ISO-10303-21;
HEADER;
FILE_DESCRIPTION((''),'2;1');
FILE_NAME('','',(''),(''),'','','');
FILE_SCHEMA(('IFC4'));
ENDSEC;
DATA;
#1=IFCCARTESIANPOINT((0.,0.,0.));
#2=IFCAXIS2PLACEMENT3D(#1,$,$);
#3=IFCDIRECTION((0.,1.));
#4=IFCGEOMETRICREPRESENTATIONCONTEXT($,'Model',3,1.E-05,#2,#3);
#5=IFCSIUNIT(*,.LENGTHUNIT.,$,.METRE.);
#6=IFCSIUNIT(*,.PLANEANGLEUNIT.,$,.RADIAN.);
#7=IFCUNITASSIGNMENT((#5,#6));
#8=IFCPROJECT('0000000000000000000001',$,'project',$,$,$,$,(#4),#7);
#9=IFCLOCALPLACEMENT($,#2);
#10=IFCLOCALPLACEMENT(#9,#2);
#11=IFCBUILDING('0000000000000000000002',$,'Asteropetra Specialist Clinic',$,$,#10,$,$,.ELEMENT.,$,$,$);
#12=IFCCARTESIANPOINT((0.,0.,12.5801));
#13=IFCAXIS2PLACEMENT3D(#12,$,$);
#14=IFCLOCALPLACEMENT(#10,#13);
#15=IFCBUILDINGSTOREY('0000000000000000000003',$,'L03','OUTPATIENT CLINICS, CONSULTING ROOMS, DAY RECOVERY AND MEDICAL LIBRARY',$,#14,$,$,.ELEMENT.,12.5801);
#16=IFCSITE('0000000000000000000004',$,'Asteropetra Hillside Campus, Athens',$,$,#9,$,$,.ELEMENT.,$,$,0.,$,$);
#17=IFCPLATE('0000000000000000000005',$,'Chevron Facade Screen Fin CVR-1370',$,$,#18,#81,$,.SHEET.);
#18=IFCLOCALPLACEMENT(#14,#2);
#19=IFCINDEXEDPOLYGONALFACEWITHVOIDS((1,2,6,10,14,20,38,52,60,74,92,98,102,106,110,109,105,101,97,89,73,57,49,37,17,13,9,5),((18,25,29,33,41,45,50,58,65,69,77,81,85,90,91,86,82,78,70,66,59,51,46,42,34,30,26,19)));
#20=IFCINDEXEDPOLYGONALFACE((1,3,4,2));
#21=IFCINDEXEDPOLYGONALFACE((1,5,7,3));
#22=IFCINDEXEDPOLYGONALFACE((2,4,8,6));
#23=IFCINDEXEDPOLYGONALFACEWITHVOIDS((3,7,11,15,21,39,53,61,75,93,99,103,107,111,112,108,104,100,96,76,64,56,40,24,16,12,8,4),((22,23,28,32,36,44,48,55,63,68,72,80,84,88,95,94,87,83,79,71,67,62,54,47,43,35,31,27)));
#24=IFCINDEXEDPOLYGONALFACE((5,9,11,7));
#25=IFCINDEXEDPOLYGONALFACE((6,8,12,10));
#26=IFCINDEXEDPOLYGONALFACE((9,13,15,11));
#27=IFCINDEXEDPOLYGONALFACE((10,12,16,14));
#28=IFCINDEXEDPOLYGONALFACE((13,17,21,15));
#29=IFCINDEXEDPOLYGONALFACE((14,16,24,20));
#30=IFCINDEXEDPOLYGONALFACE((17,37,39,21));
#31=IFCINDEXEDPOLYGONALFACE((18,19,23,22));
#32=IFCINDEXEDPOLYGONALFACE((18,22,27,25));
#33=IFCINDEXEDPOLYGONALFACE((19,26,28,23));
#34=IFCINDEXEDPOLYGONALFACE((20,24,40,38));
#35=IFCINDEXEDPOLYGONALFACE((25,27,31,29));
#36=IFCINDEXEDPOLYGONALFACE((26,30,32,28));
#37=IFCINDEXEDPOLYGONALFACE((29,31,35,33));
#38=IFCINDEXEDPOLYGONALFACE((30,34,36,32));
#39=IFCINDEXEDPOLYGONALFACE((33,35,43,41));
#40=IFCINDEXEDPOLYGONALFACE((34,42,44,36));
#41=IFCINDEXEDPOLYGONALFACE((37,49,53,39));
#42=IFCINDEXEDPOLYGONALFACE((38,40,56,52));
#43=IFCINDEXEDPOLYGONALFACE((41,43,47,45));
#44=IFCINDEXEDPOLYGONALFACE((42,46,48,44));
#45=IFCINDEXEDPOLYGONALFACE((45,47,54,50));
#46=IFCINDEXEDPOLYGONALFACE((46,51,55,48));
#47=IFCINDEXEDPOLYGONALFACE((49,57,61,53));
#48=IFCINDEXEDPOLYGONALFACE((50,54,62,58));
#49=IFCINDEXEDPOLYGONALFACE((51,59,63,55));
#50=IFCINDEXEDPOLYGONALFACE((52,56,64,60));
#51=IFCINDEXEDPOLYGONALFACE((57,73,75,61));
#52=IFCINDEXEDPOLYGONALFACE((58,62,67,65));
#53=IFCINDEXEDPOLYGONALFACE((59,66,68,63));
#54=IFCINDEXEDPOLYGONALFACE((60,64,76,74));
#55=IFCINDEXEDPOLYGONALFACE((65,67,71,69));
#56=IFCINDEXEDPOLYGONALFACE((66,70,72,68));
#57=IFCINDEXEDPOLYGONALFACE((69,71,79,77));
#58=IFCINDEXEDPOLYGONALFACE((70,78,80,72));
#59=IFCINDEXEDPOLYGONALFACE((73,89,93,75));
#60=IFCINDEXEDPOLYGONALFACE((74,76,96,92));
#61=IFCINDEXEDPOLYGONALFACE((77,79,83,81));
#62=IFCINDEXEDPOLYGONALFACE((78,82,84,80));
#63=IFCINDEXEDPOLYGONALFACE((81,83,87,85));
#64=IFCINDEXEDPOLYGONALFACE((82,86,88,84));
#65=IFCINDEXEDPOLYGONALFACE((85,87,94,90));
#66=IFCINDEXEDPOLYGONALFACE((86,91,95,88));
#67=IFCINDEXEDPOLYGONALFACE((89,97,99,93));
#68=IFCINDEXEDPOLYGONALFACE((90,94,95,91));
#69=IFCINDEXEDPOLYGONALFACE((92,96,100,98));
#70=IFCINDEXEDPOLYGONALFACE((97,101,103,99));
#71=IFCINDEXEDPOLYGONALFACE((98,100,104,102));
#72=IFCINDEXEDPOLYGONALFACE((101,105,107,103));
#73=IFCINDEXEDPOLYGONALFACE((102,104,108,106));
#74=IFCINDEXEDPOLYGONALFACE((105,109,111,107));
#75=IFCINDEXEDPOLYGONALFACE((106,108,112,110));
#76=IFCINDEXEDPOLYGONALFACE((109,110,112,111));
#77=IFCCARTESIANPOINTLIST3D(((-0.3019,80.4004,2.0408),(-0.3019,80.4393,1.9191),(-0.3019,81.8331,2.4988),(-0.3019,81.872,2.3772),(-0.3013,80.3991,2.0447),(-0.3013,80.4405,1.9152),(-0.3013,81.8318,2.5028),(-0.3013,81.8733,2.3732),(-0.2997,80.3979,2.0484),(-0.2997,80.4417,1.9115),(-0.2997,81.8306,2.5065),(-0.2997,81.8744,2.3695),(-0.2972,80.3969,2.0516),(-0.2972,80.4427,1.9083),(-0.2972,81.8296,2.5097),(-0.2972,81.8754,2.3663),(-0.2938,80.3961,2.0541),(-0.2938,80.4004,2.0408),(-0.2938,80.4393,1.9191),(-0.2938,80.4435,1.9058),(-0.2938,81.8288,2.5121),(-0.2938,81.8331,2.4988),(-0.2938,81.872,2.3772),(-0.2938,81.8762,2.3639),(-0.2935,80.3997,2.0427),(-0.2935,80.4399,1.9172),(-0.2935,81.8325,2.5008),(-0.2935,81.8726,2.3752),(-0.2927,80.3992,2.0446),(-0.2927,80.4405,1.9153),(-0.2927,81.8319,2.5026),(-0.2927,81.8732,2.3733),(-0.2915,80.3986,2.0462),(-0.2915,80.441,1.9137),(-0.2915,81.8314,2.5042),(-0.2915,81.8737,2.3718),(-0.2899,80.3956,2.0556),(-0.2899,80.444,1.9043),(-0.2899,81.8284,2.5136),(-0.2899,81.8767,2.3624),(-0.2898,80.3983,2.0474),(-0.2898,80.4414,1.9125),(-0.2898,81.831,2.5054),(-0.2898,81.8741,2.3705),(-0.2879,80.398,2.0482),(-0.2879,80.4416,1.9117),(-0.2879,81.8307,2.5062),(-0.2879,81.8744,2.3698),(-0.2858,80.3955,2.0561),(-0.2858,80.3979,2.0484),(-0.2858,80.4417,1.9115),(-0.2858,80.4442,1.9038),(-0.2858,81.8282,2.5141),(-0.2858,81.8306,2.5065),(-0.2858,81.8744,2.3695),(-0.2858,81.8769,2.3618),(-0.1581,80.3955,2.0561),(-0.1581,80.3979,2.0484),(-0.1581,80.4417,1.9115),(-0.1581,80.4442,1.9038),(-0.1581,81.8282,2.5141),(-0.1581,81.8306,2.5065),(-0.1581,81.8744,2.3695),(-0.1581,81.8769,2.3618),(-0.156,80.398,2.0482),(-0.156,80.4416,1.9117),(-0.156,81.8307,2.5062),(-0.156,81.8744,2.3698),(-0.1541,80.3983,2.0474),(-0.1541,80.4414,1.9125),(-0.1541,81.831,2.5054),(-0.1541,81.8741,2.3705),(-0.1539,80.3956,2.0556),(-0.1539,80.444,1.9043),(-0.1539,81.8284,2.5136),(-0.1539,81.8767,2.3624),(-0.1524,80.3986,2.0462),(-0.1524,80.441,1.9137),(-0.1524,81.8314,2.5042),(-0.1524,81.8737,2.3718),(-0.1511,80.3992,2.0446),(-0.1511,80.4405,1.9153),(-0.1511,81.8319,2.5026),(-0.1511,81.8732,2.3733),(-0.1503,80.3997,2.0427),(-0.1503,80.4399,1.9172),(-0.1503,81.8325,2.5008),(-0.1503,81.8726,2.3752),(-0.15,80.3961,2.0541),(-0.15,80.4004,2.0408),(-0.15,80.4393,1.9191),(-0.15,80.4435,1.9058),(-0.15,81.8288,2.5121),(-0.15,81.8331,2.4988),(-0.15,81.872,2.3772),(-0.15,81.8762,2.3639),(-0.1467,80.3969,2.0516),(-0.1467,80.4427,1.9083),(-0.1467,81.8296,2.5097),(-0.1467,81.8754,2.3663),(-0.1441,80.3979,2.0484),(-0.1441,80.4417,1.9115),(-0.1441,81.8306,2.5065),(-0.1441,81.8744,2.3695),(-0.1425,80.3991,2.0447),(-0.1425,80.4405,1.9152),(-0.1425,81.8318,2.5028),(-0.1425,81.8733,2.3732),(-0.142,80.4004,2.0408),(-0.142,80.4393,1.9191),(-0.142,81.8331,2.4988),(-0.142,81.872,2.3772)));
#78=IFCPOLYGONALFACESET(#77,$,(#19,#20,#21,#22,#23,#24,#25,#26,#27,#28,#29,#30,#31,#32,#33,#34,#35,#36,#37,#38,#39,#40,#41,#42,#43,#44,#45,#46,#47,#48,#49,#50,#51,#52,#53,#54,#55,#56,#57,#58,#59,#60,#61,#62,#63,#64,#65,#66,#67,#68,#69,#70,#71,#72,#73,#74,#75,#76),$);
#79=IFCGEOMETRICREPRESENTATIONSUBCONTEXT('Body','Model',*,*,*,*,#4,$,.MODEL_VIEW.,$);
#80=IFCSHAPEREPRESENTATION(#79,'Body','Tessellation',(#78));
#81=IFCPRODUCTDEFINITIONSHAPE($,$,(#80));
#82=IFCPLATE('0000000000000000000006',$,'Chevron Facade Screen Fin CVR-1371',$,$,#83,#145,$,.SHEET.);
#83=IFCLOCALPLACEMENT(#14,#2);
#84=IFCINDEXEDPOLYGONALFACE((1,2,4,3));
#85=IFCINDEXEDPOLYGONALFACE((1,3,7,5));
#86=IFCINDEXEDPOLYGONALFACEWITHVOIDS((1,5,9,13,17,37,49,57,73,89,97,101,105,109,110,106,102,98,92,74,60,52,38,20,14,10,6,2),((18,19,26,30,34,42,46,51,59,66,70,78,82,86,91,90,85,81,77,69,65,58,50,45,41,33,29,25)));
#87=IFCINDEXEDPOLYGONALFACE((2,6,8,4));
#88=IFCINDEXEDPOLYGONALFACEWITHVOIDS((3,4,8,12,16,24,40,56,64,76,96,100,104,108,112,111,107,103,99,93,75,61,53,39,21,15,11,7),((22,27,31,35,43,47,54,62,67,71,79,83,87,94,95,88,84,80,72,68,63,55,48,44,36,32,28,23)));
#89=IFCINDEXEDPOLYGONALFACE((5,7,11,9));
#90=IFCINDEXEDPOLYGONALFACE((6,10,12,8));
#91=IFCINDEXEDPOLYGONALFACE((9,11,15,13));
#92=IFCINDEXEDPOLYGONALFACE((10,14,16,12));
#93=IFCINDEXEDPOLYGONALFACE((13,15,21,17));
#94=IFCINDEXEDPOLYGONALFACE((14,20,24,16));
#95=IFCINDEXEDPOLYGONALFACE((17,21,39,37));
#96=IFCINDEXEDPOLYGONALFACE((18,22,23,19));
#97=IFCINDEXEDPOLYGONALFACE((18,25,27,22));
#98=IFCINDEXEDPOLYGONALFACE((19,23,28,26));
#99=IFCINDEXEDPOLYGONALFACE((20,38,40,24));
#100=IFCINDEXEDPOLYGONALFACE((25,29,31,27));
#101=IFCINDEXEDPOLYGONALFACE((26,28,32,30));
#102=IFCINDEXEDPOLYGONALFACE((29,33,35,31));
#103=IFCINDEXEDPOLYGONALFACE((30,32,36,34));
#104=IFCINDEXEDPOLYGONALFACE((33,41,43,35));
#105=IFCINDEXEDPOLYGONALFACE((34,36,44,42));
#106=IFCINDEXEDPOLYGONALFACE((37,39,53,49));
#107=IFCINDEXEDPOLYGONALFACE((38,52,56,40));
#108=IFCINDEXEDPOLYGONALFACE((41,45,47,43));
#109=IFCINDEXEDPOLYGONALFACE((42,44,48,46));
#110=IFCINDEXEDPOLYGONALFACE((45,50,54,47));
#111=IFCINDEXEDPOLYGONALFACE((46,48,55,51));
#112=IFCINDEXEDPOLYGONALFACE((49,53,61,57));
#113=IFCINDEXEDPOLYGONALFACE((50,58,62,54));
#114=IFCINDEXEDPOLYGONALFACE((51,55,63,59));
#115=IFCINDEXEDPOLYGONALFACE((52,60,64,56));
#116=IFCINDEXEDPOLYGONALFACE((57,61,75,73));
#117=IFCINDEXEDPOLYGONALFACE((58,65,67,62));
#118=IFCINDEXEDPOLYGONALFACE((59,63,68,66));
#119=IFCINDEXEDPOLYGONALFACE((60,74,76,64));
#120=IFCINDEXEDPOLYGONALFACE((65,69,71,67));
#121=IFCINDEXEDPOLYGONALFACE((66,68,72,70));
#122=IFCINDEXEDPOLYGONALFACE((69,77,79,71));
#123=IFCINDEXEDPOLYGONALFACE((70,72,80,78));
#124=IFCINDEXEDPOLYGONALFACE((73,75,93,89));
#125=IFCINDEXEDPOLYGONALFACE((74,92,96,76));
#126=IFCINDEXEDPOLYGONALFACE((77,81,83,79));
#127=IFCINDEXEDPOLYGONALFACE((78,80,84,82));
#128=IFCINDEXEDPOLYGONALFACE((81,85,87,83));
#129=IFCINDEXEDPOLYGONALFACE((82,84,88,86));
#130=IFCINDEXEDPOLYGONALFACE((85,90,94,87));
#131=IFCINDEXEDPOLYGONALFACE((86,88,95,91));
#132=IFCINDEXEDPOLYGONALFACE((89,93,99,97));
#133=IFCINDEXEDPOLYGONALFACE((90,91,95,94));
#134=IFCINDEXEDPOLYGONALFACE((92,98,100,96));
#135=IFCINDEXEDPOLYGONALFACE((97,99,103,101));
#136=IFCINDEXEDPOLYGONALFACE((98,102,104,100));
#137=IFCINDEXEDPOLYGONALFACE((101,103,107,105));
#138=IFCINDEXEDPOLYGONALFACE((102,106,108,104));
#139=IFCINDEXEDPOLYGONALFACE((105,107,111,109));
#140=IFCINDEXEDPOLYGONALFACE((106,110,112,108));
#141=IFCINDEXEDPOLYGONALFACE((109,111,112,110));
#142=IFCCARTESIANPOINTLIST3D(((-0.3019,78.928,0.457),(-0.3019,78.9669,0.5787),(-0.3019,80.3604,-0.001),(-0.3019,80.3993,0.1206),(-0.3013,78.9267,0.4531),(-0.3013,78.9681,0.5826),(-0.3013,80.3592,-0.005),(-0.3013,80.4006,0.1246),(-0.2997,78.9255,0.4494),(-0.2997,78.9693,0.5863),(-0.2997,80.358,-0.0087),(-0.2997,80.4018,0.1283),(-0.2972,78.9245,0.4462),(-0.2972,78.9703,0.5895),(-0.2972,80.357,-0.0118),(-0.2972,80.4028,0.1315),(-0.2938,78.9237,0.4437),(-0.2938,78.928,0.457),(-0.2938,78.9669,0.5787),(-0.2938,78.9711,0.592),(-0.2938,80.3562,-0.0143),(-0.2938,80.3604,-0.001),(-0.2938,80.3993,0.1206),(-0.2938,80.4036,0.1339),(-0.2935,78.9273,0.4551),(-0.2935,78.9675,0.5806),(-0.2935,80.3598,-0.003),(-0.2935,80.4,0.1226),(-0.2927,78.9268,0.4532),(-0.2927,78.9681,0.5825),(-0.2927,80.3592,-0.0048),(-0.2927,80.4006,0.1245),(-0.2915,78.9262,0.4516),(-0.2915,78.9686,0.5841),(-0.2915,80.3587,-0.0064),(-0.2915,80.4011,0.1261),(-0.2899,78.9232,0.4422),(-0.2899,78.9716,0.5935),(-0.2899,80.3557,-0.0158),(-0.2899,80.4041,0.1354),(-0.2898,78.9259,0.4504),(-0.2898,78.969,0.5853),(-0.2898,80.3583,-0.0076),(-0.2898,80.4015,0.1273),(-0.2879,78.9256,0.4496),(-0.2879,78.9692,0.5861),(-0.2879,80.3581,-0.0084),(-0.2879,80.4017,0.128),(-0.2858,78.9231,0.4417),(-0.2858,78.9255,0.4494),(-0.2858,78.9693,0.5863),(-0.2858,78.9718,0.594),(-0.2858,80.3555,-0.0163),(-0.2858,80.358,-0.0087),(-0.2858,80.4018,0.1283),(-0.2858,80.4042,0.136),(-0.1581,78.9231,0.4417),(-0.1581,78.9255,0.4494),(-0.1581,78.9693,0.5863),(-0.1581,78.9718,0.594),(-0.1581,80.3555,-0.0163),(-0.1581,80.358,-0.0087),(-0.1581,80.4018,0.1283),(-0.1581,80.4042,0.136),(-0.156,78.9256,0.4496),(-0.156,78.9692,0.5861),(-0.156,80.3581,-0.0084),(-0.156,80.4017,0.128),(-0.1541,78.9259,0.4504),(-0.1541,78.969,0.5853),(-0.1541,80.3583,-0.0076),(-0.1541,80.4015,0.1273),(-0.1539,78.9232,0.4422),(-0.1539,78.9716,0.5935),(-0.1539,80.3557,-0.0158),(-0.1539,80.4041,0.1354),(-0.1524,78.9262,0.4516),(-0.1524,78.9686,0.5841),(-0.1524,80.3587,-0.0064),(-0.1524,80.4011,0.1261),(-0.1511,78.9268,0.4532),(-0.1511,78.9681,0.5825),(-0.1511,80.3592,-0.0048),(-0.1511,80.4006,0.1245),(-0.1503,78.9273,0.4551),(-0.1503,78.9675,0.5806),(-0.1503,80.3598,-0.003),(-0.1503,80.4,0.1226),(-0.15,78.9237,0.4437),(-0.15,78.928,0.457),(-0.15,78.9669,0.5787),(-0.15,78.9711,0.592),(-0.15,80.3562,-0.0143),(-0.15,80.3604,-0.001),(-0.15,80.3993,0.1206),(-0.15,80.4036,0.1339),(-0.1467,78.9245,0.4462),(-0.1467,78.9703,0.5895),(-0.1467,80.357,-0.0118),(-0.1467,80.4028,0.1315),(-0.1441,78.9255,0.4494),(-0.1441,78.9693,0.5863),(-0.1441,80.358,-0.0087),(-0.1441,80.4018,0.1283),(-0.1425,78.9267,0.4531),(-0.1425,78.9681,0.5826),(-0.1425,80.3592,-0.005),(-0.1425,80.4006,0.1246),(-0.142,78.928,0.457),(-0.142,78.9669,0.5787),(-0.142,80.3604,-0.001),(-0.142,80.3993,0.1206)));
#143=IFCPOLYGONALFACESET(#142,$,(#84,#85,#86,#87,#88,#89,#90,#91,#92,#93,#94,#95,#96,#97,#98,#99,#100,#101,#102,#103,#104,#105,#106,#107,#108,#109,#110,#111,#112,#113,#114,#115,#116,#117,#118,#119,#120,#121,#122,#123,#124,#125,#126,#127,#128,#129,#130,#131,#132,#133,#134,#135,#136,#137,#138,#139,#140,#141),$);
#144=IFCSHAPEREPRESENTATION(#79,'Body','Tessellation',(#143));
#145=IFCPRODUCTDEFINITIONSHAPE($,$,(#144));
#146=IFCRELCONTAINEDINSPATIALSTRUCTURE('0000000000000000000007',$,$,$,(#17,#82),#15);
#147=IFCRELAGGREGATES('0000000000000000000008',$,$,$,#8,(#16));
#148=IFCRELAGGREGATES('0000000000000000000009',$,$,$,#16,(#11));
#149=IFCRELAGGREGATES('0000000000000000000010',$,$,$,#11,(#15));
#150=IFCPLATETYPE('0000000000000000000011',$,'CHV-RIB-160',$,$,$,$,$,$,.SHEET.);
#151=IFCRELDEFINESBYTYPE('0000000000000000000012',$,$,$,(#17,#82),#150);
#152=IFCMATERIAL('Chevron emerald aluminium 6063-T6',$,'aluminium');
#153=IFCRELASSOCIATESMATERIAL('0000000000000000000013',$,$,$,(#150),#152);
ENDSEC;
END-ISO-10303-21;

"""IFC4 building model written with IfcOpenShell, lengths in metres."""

from ifc_helpers import new_model, si_unit, direction, frame, origin, origin_2d, place, context, subcontext, project, spatial, hollow_rectangle, extrude, material, material_profile, profile_set, type_object, element, save


model = new_model("IFC4")

# Units and contexts
model_context = context("Model", 3, precision=1e-05, world=origin(), true_north=direction((0.0, 1.0)))
body_context = subcontext(model_context, "Body", "Model", "MODEL_VIEW")
ifc_project = project(units=[si_unit("LENGTHUNIT", "METRE"), si_unit("PLANEANGLEUNIT", "RADIAN")], contexts=[model_context])

# Site, building, storey
site_placement = place(None, origin())
site = spatial("IfcSite", under=ifc_project, at=site_placement, Name="Asteropetra Hillside Campus, Athens", CompositionType="ELEMENT", RefElevation=0.0)
building_placement = place(site_placement, origin())
building = spatial("IfcBuilding", under=site, at=building_placement, Name="Asteropetra Specialist Clinic", CompositionType="ELEMENT")
storey_placement = place(building_placement, frame((0.0, 0.0, 12.5801)))
storey = spatial("IfcBuildingStorey", under=building, at=storey_placement, Name="L03", Description="OUTPATIENT CLINICS, CONSULTING ROOMS, DAY RECOVERY AND MEDICAL LIBRARY", CompositionType="ELEMENT", Elevation=12.5801)

# Plates
ifc_material_1 = material(Name="Chevron emerald aluminium 6063-T6", Category="aluminium")
ifc_material_profile_1 = material_profile(ifc_material_1, hollow_rectangle(XDim=0.1599, YDim=0.1599, WallThickness=0.0081, InnerFilletRadius=0.0081, OuterFilletRadius=0.0161, at=origin_2d()), Name="SHS 160x160x8.0")
ifc_profile_set_1 = profile_set([ifc_material_profile_1], Name="Chevron emerald aluminium 6063-T6")
plate_type_1 = type_object("IfcPlateType", Name="CHV-RIB-160", PredefinedType="SHEET", material=ifc_profile_set_1)
for number, where, z_axis, x_axis, name in (
    (1, (-0.2219, 81.8525, 2.438), (0.0, -0.952507, -0.304517), (1.0, 0.0, 0.0), "Chevron Facade Screen Fin CVR-1370"),
):
    element("IfcPlate", number, at=place(storey_placement, frame(where, z_axis=z_axis, x_axis=x_axis)), inside=storey, type_object=plate_type_1, Name=name, PredefinedType="SHEET", context=body_context, shape_type="SweptSolid", body=[
        extrude(hollow_rectangle(XDim=0.1599, YDim=0.1599, WallThickness=0.0081, InnerFilletRadius=0.0081, OuterFilletRadius=0.0161, at=origin_2d()), origin(), (0.0, 0.0, 1.0), 1.5042),
    ])
plate_1_placement = place(storey_placement, frame((-0.2219, 80.3799, 0.0598), z_axis=(0.0, -0.952492, 0.304564), x_axis=(1.0, 0.0, 0.0)))
element("IfcPlate", 2, at=plate_1_placement, inside=storey, type_object=plate_type_1, Name="Chevron Facade Screen Fin CVR-1371", PredefinedType="SHEET", context=body_context, shape_type="SweptSolid", body=[
    extrude(hollow_rectangle(XDim=0.1599, YDim=0.1599, WallThickness=0.0081, InnerFilletRadius=0.0081, OuterFilletRadius=0.0161, at=origin_2d()), origin(), (0.0, 0.0, 1.0), 1.5039),
])

save(model, "model.ifc")
